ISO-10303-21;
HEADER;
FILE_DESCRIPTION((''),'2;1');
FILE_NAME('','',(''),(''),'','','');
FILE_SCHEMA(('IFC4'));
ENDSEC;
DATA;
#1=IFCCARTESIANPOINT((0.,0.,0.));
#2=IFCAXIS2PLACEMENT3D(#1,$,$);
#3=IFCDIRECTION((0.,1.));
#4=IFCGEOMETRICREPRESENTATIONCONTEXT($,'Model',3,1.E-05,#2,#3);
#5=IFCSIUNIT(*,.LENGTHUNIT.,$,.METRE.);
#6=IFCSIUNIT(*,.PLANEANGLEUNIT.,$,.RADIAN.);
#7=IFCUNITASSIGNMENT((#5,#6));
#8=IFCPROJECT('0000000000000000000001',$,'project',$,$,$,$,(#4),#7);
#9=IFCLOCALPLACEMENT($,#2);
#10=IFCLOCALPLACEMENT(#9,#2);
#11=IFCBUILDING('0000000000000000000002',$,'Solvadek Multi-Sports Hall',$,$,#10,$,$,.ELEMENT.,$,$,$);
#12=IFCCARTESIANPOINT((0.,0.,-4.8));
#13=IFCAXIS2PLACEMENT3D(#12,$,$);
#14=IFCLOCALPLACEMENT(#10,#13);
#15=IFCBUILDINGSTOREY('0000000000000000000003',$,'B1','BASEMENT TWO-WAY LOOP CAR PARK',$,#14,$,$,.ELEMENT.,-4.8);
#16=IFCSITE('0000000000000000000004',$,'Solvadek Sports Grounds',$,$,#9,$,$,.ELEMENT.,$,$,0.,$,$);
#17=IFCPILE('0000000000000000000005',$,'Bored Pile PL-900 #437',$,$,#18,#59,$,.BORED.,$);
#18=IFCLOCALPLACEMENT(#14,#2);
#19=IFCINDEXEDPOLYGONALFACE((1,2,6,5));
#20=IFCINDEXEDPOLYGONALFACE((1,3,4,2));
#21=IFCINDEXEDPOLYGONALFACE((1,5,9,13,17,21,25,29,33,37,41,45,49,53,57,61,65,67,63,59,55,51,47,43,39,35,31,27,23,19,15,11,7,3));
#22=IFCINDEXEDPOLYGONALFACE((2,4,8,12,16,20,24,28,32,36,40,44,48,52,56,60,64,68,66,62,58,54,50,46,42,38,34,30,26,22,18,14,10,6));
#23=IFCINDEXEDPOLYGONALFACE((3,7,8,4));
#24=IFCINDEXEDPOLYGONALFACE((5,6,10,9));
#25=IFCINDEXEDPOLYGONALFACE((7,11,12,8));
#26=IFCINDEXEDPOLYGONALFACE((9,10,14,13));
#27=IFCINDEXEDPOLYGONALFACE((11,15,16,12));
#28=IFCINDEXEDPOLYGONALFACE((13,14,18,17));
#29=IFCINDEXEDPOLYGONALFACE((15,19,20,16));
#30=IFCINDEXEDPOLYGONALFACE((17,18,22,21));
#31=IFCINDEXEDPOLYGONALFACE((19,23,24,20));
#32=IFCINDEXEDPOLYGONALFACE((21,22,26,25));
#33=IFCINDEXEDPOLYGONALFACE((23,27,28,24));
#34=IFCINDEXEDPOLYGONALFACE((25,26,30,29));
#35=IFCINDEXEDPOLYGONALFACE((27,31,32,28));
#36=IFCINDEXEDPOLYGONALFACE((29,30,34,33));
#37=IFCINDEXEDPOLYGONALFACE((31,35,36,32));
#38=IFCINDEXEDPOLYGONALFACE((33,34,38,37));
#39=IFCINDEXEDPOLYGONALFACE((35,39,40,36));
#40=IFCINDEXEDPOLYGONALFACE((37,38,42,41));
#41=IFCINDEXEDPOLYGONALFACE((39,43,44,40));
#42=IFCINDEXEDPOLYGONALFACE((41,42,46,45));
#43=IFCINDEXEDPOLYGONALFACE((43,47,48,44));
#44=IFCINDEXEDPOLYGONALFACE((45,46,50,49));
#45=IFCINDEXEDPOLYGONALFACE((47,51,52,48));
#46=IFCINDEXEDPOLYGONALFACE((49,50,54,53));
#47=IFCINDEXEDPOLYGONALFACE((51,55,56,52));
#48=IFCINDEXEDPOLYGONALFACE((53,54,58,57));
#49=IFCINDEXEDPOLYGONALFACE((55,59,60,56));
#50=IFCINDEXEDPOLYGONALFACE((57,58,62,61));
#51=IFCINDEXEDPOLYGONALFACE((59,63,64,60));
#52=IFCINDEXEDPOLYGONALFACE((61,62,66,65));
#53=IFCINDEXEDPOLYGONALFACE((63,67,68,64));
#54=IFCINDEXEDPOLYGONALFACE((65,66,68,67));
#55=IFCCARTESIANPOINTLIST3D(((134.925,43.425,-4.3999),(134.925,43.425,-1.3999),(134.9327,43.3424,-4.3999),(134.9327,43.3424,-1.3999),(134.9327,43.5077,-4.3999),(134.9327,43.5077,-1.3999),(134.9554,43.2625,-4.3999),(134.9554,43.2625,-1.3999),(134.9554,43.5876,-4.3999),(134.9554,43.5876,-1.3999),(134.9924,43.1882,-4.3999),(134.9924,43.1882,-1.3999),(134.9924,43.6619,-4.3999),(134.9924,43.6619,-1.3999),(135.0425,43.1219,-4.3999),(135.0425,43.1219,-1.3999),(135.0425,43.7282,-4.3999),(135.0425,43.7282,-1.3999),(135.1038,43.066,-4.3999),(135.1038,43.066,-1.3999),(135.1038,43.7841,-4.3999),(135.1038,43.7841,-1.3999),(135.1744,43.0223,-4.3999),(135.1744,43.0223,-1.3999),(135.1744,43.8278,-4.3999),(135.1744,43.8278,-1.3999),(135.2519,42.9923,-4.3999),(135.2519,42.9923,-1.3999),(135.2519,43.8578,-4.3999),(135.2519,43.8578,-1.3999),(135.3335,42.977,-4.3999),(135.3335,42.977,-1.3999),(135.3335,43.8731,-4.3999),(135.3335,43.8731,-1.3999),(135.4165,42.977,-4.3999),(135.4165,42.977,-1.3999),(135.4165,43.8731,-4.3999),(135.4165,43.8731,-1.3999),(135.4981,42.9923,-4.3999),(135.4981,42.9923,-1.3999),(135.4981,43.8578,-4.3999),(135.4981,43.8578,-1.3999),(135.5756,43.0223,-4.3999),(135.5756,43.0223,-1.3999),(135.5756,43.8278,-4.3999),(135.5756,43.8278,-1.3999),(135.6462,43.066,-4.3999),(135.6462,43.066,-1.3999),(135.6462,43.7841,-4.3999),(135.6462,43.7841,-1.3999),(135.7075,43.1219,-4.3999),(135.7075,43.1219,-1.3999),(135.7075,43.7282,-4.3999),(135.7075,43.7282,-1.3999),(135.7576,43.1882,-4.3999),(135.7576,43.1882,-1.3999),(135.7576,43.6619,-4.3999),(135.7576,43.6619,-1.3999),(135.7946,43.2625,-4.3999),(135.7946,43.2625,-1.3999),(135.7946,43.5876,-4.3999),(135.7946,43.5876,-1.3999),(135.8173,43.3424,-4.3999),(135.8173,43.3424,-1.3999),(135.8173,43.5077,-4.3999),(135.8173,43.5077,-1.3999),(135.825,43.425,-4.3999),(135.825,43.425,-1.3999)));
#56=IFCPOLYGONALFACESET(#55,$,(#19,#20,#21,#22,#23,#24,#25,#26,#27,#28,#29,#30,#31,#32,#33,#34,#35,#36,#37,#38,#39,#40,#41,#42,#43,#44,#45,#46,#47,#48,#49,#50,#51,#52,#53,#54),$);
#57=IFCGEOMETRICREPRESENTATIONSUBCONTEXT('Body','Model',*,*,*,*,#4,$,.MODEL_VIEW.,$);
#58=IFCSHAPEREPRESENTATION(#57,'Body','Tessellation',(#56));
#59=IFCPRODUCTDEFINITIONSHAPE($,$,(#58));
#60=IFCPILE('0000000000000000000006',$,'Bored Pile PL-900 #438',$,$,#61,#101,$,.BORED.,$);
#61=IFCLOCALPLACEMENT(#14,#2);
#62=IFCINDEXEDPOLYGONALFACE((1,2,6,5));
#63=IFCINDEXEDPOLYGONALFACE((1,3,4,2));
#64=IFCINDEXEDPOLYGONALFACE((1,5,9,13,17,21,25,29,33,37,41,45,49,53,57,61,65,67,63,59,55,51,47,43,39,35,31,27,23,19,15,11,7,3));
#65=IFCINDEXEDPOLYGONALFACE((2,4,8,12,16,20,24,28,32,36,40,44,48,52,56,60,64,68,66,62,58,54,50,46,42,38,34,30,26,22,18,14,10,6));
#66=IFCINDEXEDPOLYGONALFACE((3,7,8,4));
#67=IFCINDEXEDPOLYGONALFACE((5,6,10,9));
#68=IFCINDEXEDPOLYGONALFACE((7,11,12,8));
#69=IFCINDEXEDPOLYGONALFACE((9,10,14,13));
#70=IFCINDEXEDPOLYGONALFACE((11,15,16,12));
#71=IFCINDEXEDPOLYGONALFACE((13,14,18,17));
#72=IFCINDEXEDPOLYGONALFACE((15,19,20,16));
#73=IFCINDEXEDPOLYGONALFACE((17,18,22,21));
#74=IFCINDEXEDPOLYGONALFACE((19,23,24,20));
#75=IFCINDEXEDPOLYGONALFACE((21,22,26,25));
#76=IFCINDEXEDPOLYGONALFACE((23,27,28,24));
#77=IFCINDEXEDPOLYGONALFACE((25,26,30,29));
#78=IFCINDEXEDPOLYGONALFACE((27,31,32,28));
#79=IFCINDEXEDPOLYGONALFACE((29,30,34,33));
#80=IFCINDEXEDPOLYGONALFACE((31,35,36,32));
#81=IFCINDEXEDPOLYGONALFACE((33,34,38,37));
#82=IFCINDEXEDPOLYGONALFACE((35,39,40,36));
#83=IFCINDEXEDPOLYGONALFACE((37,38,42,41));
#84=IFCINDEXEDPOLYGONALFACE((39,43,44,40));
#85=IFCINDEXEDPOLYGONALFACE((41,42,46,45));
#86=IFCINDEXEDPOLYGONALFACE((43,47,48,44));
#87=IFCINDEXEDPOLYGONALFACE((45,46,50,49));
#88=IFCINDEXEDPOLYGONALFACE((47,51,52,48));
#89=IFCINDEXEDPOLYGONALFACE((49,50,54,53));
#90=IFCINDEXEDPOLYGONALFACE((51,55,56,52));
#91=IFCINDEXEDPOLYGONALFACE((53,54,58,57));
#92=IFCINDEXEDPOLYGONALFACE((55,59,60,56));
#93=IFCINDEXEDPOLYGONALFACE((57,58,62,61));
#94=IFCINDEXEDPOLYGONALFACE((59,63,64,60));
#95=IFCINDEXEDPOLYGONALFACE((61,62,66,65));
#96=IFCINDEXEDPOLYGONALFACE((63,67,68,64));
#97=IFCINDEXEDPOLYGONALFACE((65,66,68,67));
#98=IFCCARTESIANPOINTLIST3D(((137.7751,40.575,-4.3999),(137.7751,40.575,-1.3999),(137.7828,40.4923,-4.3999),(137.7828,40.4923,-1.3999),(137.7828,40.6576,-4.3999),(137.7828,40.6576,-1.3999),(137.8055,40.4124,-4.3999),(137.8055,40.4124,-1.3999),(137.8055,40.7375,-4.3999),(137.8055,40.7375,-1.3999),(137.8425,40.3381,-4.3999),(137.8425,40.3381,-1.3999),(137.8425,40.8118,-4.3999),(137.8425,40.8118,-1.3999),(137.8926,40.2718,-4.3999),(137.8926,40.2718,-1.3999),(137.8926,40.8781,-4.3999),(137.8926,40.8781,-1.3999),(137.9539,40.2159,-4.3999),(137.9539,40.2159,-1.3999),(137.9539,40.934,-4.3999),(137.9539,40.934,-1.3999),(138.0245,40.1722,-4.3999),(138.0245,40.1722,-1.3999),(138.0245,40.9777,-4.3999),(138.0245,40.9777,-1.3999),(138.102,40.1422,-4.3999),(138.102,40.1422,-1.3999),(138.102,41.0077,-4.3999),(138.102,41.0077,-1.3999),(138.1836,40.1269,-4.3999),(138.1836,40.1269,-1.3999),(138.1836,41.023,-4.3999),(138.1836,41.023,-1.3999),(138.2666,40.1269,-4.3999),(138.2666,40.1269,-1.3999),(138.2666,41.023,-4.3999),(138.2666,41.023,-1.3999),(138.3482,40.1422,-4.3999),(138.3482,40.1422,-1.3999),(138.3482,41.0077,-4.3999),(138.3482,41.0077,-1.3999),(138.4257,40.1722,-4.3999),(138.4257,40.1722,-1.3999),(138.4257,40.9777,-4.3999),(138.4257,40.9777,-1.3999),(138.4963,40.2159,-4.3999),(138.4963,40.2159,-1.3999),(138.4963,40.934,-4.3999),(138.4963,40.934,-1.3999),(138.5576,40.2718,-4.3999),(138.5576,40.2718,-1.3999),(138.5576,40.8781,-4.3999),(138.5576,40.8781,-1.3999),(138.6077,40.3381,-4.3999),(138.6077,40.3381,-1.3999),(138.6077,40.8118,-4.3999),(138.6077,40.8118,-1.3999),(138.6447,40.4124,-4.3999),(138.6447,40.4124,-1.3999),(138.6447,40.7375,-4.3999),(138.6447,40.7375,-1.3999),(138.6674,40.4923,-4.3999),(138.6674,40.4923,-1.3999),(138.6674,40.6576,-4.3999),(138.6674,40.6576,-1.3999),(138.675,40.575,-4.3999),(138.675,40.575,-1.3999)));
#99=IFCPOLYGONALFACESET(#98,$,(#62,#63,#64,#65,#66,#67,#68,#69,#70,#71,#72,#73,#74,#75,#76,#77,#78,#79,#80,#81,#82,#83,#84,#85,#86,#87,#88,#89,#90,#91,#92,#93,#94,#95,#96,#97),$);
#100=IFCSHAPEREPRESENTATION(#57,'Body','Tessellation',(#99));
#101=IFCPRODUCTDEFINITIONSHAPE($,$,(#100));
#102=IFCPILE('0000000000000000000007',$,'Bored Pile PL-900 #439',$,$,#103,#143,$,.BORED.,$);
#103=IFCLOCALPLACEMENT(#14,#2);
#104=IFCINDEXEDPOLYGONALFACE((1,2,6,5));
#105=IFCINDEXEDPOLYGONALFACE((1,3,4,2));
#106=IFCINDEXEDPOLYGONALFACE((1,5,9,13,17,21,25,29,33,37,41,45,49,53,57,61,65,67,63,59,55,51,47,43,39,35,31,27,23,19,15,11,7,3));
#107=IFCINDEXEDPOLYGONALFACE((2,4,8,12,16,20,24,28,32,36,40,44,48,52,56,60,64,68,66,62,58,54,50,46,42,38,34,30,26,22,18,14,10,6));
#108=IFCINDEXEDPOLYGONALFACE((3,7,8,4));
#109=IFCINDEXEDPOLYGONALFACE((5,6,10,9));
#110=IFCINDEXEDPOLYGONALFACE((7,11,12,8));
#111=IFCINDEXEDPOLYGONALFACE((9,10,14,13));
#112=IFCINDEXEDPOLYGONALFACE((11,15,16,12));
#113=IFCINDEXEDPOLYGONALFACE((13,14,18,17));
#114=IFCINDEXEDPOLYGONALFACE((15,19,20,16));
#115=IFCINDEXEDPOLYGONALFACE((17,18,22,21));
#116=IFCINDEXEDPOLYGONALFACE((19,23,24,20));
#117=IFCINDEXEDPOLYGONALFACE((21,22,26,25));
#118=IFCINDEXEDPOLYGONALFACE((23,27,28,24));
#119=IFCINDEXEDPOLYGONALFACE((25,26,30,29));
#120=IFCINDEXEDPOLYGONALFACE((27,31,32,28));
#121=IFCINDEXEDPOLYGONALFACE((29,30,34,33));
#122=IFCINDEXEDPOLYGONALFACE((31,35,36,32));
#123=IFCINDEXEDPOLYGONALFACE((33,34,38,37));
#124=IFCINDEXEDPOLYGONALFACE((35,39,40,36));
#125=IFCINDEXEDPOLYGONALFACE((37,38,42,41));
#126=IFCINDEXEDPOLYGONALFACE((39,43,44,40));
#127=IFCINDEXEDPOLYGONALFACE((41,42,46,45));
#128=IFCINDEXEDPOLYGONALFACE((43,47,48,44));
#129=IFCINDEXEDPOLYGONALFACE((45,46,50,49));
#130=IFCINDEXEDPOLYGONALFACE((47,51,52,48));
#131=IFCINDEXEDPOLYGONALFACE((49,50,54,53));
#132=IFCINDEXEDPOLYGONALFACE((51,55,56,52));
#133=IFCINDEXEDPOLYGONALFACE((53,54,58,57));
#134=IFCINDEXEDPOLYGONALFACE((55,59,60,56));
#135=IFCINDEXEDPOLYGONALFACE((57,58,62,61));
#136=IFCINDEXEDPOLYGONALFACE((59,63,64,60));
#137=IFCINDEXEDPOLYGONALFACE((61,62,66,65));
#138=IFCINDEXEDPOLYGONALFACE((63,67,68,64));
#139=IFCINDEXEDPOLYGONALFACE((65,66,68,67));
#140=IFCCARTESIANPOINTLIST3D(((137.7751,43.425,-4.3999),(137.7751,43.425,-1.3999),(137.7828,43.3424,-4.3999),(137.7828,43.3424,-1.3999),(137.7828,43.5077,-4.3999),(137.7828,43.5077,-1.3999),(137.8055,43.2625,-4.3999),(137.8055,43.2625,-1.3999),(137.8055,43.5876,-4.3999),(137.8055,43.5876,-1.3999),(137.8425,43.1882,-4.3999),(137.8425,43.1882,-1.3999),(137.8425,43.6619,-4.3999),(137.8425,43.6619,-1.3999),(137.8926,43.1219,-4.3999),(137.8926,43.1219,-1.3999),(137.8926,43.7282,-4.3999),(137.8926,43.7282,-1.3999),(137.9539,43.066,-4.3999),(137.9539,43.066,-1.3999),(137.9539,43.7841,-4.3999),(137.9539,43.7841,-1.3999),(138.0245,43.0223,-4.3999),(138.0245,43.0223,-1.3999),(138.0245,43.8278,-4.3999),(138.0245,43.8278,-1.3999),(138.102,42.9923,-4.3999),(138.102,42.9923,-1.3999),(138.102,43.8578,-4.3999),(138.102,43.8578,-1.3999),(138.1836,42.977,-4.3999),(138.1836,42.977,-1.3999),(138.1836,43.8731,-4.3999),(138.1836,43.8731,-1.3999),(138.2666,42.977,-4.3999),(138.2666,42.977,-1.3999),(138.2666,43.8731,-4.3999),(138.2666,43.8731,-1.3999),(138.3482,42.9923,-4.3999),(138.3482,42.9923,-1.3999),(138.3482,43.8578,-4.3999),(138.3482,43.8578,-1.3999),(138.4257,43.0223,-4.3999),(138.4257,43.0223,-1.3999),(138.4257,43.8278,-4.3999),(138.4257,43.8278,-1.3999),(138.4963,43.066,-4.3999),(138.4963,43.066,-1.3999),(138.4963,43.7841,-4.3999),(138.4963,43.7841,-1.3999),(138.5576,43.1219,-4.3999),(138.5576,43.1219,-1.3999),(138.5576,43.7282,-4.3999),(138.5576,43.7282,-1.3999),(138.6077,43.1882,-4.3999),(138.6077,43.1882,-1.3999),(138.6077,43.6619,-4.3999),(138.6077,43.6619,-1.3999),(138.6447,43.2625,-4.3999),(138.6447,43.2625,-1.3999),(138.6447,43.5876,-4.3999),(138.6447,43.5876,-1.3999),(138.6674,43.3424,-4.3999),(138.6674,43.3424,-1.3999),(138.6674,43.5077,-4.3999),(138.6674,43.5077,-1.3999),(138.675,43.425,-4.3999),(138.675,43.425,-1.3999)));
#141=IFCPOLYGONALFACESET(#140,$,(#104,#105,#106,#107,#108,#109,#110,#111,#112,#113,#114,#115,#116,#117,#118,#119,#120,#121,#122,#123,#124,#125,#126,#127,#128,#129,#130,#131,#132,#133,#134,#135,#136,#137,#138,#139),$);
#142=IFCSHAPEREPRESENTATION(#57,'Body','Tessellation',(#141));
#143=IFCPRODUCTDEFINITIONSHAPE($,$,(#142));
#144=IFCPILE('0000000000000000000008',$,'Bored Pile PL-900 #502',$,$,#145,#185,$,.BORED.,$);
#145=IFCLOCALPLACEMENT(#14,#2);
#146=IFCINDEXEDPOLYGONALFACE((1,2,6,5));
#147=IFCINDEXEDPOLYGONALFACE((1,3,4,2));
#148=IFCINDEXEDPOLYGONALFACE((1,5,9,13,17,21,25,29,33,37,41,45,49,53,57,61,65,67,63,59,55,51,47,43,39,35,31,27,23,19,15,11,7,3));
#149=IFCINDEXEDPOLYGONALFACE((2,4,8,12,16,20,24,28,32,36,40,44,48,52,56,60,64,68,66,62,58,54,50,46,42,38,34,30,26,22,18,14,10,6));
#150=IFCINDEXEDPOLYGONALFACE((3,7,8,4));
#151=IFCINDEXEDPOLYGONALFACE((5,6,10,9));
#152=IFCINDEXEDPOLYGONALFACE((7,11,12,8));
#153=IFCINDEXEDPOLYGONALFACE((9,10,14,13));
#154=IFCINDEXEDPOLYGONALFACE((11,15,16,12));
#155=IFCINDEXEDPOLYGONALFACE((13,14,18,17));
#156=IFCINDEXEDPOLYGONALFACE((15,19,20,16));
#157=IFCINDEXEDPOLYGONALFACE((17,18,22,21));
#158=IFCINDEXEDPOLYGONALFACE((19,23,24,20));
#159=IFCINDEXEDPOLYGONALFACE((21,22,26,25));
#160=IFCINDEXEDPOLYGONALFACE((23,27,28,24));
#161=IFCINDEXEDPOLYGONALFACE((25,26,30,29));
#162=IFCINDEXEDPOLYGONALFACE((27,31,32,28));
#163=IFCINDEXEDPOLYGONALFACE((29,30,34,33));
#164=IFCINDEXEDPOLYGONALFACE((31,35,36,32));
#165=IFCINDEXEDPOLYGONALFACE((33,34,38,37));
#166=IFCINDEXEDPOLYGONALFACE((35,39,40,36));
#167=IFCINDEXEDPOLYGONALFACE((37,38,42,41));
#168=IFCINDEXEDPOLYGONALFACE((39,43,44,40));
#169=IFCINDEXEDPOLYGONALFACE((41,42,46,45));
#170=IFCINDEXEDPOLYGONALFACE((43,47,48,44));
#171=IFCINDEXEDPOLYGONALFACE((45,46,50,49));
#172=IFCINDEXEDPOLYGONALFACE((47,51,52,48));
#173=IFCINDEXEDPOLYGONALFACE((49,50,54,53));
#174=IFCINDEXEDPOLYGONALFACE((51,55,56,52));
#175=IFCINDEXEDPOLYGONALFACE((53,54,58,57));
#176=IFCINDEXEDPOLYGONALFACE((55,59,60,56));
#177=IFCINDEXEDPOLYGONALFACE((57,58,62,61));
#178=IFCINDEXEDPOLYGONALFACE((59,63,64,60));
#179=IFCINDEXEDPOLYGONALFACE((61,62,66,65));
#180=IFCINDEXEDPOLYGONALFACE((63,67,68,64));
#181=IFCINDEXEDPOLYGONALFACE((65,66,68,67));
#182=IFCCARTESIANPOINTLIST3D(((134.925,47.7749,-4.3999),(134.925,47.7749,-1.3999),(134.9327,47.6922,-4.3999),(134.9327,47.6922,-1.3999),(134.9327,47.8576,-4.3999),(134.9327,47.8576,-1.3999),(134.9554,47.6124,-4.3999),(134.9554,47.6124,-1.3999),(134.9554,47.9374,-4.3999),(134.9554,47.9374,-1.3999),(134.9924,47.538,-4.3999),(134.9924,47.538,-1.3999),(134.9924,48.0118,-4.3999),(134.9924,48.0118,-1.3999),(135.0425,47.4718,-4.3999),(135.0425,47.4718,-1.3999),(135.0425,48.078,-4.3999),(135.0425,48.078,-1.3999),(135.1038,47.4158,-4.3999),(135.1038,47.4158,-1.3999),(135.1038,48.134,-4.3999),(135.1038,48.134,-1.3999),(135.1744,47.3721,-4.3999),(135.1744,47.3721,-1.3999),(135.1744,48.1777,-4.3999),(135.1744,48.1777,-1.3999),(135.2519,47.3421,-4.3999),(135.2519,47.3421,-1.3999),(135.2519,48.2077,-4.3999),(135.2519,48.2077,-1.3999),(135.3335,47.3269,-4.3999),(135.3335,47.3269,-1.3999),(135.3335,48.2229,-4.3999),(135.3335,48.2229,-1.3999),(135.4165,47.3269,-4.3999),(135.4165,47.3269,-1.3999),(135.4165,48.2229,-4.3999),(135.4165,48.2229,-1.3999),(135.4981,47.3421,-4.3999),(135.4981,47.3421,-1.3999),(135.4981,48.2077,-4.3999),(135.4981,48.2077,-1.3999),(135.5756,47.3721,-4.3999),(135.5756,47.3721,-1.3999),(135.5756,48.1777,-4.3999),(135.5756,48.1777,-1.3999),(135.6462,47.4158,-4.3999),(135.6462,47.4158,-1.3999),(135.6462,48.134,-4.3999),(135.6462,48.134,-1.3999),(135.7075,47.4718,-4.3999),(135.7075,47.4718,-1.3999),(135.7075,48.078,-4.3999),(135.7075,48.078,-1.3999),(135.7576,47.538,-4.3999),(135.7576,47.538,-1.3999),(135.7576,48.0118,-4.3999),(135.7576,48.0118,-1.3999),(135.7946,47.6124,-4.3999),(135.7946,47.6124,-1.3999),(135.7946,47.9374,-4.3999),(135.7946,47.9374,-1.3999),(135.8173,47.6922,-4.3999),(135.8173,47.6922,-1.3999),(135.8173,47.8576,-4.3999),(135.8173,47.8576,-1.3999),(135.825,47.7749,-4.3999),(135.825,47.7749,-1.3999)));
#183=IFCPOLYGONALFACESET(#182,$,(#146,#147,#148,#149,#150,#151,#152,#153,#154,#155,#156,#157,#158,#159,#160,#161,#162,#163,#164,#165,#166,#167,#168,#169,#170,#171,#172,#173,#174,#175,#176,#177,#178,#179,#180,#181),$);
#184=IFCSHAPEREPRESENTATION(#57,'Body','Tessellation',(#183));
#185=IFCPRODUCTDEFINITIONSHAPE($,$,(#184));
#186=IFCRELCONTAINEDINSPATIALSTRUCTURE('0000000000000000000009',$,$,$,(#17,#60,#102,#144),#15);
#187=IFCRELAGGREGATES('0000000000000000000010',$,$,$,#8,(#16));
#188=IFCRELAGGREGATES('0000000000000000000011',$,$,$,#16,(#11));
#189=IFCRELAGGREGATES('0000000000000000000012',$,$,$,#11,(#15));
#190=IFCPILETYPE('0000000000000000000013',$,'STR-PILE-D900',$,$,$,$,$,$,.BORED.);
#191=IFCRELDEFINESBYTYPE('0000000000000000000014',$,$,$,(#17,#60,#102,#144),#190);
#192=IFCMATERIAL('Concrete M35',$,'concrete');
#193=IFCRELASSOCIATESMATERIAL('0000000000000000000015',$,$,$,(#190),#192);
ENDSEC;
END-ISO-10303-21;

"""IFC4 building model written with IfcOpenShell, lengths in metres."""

from ifc_helpers import new_model, si_unit, direction, frame, origin, origin_2d, place, context, subcontext, project, spatial, circle, extrude, material, material_profile, profile_set, type_object, element, save


model = new_model("IFC4")

# Units and contexts
model_context = context("Model", 3, precision=1e-05, world=origin(), true_north=direction((0.0, 1.0)))
body_context = subcontext(model_context, "Body", "Model", "MODEL_VIEW")
ifc_project = project(units=[si_unit("LENGTHUNIT", "METRE"), si_unit("PLANEANGLEUNIT", "RADIAN")], contexts=[model_context])

# Site, building, storey
site_placement = place(None, origin())
site = spatial("IfcSite", under=ifc_project, at=site_placement, Name="Solvadek Sports Grounds", CompositionType="ELEMENT", RefElevation=0.0)
building_placement = place(site_placement, origin())
building = spatial("IfcBuilding", under=site, at=building_placement, Name="Solvadek Multi-Sports Hall", CompositionType="ELEMENT")
storey_placement = place(building_placement, frame((0.0, 0.0, -4.8)))
storey = spatial("IfcBuildingStorey", under=building, at=storey_placement, Name="B1", Description="BASEMENT TWO-WAY LOOP CAR PARK", CompositionType="ELEMENT", Elevation=-4.8)

# Piles
ifc_material_1 = material(Name="Concrete M35", Category="concrete")
ifc_material_profile_1 = material_profile(ifc_material_1, circle(Radius=0.45, at=origin_2d()), Name="BORED PILE D900")
ifc_profile_set_1 = profile_set([ifc_material_profile_1], Name="Concrete M35")
pile_type_1 = type_object("IfcPileType", Name="STR-PILE-D900", PredefinedType="BORED", material=ifc_profile_set_1)
for number, where, z_axis, x_axis, name in (
    (1, (135.375, 43.425, -1.3999), (0.0, 0.0, -1.0), (1.0, 0.0, 0.0), "Bored Pile PL-900 #437"),
    (2, (138.2251, 40.575, -1.3999), (0.0, 0.0, -1.0), (1.0, 0.0, 0.0), "Bored Pile PL-900 #438"),
    (3, (138.2251, 43.425, -1.3999), (0.0, 0.0, -1.0), (1.0, 0.0, 0.0), "Bored Pile PL-900 #439"),
    (4, (135.375, 47.7749, -1.3999), (0.0, 0.0, -1.0), (1.0, 0.0, 0.0), "Bored Pile PL-900 #502"),
):
    element("IfcPile", number, at=place(storey_placement, frame(where, z_axis=z_axis, x_axis=x_axis)), inside=storey, type_object=pile_type_1, Name=name, PredefinedType="BORED", context=body_context, shape_type="SweptSolid", body=[
        extrude(circle(Radius=0.45, at=origin_2d()), origin(), (0.0, 0.0, 1.0), 3.0),
    ])

save(model, "model.ifc")
